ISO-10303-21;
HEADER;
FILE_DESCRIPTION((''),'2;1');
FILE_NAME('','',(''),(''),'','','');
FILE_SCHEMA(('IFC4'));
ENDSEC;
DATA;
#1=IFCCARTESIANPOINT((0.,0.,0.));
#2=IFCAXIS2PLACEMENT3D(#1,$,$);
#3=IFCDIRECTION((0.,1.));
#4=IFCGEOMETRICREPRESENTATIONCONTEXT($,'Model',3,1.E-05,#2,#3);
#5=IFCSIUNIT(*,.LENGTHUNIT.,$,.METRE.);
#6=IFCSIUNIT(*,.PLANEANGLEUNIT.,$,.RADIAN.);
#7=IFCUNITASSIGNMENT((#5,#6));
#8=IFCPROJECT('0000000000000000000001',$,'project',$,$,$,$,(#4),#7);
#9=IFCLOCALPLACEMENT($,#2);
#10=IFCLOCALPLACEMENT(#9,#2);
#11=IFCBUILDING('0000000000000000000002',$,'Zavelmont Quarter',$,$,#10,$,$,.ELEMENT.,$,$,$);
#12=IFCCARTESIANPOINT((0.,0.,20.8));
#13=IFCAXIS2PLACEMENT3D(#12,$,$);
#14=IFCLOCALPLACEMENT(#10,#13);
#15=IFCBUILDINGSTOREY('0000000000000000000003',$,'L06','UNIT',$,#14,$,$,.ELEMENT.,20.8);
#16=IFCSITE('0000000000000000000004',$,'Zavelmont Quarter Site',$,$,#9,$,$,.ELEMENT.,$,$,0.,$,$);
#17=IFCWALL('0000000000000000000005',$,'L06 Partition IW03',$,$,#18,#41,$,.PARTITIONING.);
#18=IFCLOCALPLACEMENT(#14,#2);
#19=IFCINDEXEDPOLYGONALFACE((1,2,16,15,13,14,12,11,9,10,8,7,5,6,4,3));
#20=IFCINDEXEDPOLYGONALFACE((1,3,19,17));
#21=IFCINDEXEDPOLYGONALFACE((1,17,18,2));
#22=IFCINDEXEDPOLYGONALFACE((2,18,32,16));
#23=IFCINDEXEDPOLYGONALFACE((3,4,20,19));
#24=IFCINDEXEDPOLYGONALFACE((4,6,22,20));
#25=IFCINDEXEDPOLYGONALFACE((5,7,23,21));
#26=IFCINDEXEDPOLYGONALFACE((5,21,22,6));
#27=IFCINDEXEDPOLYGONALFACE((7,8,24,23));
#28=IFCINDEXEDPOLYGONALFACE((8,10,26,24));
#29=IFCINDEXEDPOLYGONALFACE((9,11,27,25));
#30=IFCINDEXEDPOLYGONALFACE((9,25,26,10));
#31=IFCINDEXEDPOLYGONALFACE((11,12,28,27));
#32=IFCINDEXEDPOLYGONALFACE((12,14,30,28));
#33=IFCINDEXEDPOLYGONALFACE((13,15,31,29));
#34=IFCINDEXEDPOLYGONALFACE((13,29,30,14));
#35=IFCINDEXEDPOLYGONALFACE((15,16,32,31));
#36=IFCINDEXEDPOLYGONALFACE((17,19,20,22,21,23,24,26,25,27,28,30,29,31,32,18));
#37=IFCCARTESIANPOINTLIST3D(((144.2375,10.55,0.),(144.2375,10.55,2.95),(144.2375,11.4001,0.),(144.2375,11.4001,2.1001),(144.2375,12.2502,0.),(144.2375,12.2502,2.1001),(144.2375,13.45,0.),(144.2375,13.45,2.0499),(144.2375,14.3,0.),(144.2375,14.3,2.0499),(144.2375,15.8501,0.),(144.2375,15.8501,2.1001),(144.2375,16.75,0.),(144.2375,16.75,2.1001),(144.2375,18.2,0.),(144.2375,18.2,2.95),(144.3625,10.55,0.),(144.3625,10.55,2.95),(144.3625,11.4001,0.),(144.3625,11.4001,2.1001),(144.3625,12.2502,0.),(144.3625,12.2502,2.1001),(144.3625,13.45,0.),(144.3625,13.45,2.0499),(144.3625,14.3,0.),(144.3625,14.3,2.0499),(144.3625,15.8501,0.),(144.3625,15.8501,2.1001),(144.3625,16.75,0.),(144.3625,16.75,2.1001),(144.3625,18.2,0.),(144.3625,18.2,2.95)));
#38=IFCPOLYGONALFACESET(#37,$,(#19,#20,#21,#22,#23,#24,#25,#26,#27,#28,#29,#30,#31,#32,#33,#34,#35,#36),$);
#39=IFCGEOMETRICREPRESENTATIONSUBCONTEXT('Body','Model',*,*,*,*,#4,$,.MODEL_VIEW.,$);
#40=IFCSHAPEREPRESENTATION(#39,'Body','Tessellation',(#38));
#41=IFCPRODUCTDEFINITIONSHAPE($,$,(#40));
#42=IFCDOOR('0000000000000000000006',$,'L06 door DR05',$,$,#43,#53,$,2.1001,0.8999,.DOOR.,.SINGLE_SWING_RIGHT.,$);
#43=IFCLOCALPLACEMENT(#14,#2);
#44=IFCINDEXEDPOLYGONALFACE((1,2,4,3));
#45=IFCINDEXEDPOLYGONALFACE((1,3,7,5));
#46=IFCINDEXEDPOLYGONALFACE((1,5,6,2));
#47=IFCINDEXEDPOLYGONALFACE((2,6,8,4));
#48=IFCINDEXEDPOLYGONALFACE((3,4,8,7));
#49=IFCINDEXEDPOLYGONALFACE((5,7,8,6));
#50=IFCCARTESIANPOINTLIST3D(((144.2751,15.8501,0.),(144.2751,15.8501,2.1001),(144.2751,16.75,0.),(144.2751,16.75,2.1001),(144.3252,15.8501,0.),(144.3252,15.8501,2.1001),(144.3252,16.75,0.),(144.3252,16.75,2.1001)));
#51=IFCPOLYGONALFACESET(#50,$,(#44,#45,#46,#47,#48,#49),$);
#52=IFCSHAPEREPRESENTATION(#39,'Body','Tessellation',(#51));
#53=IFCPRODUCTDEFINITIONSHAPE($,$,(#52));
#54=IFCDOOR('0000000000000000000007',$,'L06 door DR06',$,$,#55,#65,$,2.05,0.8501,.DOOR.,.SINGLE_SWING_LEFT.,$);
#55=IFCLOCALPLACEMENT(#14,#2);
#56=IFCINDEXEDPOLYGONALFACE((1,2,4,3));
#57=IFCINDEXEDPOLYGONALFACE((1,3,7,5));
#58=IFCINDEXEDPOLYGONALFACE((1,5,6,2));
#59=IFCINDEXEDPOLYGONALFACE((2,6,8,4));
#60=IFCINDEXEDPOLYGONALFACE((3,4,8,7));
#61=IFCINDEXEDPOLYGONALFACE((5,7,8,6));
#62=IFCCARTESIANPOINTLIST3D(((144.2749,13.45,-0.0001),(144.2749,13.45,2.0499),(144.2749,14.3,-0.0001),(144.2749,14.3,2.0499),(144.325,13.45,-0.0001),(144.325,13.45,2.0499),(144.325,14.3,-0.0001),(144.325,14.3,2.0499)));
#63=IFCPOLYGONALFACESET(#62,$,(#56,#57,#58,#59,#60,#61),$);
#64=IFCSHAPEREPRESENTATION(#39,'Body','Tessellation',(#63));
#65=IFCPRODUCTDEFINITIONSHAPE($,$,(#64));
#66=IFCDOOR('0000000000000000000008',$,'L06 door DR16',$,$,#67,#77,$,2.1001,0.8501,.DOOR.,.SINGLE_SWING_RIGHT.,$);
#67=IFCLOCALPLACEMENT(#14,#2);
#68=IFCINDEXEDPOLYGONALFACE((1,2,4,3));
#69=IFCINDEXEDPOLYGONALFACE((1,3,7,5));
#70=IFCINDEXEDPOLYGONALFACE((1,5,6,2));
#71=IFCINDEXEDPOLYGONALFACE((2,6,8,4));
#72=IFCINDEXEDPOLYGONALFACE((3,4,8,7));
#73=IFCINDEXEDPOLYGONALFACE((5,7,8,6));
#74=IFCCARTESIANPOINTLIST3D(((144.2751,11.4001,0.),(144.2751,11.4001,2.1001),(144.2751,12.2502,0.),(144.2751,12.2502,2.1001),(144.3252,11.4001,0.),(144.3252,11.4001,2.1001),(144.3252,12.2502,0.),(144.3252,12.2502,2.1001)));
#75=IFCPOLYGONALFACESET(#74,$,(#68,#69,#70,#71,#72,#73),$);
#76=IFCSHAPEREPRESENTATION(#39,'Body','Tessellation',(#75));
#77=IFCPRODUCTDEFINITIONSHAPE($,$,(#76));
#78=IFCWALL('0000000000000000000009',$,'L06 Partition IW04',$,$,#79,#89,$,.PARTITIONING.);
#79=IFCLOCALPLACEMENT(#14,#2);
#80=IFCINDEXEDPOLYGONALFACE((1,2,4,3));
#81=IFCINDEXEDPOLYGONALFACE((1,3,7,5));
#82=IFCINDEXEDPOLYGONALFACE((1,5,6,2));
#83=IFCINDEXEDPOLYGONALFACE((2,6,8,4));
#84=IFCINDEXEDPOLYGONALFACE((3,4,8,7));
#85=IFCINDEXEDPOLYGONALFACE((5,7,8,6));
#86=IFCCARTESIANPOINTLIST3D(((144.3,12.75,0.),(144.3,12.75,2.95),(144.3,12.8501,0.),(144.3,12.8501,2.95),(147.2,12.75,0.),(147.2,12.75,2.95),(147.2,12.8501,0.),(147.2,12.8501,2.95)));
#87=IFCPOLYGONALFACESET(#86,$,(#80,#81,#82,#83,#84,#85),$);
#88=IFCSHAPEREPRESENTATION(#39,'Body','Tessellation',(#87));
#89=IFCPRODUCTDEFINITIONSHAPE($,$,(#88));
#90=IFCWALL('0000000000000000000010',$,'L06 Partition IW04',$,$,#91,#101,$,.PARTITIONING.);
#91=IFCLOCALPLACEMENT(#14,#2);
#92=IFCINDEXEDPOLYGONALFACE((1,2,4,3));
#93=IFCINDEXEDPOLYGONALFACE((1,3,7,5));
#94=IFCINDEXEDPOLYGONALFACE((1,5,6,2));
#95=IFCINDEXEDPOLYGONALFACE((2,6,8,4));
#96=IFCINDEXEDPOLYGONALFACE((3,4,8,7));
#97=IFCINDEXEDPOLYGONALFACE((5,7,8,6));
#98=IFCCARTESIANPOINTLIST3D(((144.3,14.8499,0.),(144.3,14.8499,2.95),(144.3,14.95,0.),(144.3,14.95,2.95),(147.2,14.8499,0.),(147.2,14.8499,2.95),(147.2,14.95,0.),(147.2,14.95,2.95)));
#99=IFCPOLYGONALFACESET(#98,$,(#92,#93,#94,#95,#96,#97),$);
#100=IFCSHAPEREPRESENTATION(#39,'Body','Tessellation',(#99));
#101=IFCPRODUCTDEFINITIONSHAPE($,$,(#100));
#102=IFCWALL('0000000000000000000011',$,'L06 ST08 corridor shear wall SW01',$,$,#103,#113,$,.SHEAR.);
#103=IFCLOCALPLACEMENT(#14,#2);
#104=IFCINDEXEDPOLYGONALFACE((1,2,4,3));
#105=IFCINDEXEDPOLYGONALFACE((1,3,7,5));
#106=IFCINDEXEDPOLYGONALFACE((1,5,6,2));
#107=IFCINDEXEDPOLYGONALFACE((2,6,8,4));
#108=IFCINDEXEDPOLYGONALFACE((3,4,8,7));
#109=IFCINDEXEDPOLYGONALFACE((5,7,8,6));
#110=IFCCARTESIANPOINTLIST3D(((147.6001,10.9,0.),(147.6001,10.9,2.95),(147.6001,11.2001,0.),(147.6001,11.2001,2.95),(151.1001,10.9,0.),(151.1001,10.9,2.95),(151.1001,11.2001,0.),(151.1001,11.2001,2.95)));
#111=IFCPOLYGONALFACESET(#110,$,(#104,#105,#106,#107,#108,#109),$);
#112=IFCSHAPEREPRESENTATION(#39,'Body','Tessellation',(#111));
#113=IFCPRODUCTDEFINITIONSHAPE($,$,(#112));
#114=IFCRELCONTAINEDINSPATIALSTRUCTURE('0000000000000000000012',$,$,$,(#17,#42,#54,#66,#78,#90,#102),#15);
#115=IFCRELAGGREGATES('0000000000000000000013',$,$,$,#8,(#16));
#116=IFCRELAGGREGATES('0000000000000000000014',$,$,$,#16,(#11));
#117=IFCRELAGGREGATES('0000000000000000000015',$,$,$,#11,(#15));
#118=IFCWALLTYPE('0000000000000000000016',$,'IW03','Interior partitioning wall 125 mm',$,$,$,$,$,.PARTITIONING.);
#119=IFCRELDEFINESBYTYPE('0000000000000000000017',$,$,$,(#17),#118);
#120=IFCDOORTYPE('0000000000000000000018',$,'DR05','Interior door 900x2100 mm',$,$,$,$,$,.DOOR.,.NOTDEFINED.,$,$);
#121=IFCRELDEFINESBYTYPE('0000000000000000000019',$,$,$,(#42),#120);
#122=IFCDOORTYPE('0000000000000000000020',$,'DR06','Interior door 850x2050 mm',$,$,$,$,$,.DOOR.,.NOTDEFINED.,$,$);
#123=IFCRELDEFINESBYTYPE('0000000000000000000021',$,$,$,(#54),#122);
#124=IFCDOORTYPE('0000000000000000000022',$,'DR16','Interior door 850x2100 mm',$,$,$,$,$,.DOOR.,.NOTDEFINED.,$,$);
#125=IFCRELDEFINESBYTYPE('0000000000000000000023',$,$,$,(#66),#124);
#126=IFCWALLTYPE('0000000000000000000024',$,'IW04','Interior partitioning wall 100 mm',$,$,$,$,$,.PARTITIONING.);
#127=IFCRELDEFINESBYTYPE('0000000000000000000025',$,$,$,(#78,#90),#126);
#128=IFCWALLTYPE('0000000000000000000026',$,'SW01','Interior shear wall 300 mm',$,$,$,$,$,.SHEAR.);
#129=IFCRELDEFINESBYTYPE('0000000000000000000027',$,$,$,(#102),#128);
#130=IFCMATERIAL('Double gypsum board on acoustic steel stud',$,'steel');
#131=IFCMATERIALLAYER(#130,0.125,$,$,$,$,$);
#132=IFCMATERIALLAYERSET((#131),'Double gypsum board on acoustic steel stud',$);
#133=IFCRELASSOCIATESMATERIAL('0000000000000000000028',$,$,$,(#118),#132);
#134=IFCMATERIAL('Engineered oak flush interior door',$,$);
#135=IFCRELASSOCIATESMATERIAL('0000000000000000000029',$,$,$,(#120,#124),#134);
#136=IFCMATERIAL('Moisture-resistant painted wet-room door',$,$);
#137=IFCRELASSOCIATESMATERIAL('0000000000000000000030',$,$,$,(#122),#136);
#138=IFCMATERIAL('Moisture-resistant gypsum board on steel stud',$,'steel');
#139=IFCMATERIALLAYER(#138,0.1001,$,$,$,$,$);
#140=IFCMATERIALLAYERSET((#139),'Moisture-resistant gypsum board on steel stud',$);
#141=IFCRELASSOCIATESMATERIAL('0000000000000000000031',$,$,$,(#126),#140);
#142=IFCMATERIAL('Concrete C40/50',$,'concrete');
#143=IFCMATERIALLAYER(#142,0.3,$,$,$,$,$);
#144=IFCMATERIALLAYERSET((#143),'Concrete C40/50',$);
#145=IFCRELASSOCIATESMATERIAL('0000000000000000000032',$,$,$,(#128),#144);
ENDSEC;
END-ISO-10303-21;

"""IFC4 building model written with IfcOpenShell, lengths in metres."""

from ifc_helpers import new_model, si_unit, direction, frame, frame_2d, origin, origin_with_axes, place, context, subcontext, project, spatial, rectangle, extrude, material, layer, layer_set, type_object, element, fill, save


model = new_model("IFC4")

# Units and contexts
model_context = context("Model", 3, precision=1e-05, world=origin(), true_north=direction((0.0, 1.0)))
body_context = subcontext(model_context, "Body", "Model", "MODEL_VIEW")
ifc_project = project(units=[si_unit("LENGTHUNIT", "METRE"), si_unit("PLANEANGLEUNIT", "RADIAN")], contexts=[model_context])

# Site, building, storey
site_placement = place(None, origin())
site = spatial("IfcSite", under=ifc_project, at=site_placement, Name="Zavelmont Quarter Site", CompositionType="ELEMENT", RefElevation=0.0)
building_placement = place(site_placement, origin())
building = spatial("IfcBuilding", under=site, at=building_placement, Name="Zavelmont Quarter", CompositionType="ELEMENT")
storey_placement = place(building_placement, frame((0.0, 0.0, 20.8)))
storey = spatial("IfcBuildingStorey", under=building, at=storey_placement, Name="L06", Description="UNIT", CompositionType="ELEMENT", Elevation=20.8)

# Wall, openings, doors
ifc_material_1 = material(Name="Double gypsum board on acoustic steel stud", Category="steel")
ifc_layer_1 = layer(ifc_material_1, 0.125)
ifc_layer_set_1 = layer_set([ifc_layer_1], Name="Double gypsum board on acoustic steel stud")
wall_type_1 = type_object("IfcWallType", Name="IW03", Description="Interior partitioning wall 125 mm", PredefinedType="PARTITIONING", material=ifc_layer_set_1)
wall_1_placement = place(storey_placement, frame((144.3, 10.55, 0.0), z_axis=(0.0, 0.0, 1.0), x_axis=(0.0, 1.0, 0.0)))
wall_1 = element("IfcWall", 1, at=wall_1_placement, inside=storey, type_object=wall_type_1, Name="L06 Partition IW03", PredefinedType="PARTITIONING", context=body_context, shape_type="SweptSolid", body=[
    extrude(rectangle(XDim=7.6499, YDim=0.125, at=frame_2d((3.825, 0.0))), origin(), (0.0, 0.0, 1.0), 2.95),
])
opening_1_placement = place(wall_1_placement, frame((0.8501, 0.0, 0.0)))
opening_1 = element("IfcOpeningElement", 2, at=opening_1_placement, cuts=wall_1, PredefinedType="OPENING", context=body_context, shape_type="SweptSolid", body=[
    extrude(rectangle(XDim=0.8501, YDim=2.1001, at=frame_2d((0.425, 1.05))), frame((0.0, 0.0745, 0.0), z_axis=(0.0, -1.0, 0.0), x_axis=(1.0, 0.0, 0.0)), (0.0, 0.0, 1.0), 0.1489),
])
opening_2_placement = place(wall_1_placement, frame((2.8999, 0.0, 0.0)))
opening_2 = element("IfcOpeningElement", 3, at=opening_2_placement, cuts=wall_1, PredefinedType="OPENING", context=body_context, shape_type="SweptSolid", body=[
    extrude(rectangle(XDim=0.8501, YDim=2.05, at=frame_2d((0.425, 1.0249))), frame((0.0, 0.0745, 0.0), z_axis=(0.0, -1.0, 0.0), x_axis=(1.0, 0.0, 0.0)), (0.0, 0.0, 1.0), 0.1489),
])
opening_3_placement = place(wall_1_placement, frame((5.3, 0.0, 0.0)))
opening_3 = element("IfcOpeningElement", 4, at=opening_3_placement, cuts=wall_1, PredefinedType="OPENING", context=body_context, shape_type="SweptSolid", body=[
    extrude(rectangle(XDim=0.8999, YDim=2.1001, at=frame_2d((0.45, 1.05))), frame((0.0, 0.0745, 0.0), z_axis=(0.0, -1.0, 0.0), x_axis=(1.0, 0.0, 0.0)), (0.0, 0.0, 1.0), 0.1489),
])
ifc_material_2 = material(Name="Engineered oak flush interior door")
door_type_1 = type_object("IfcDoorType", Name="DR05", Description="Interior door 900x2100 mm", OperationType="NOTDEFINED", PredefinedType="DOOR", material=ifc_material_2)
door_1_placement = place(opening_3_placement, origin_with_axes())
door_1 = element("IfcDoor", 5, at=door_1_placement, inside=storey, type_object=door_type_1, Name="L06 door DR05", OperationType="SINGLE_SWING_RIGHT", OverallHeight=2.1001, OverallWidth=0.8999, PredefinedType="DOOR", context=body_context, shape_type="SweptSolid", body=[
    extrude(rectangle(XDim=0.8999, YDim=2.1001, at=frame_2d((0.45, 1.05))), frame((0.0, 0.0249, 0.0), z_axis=(0.0, -1.0, 0.0), x_axis=(1.0, 0.0, 0.0)), (0.0, 0.0, 1.0), 0.05),
])
fill(opening_3, door_1)
ifc_material_3 = material(Name="Moisture-resistant painted wet-room door")
door_type_2 = type_object("IfcDoorType", Name="DR06", Description="Interior door 850x2050 mm", OperationType="NOTDEFINED", PredefinedType="DOOR", material=ifc_material_3)
door_2_placement = place(opening_2_placement, frame((0.8501, 0.0, 0.0), z_axis=(0.0, 0.0, 1.0), x_axis=(-1.0, 0.0, 0.0)))
door_2 = element("IfcDoor", 6, at=door_2_placement, inside=storey, type_object=door_type_2, Name="L06 door DR06", OperationType="SINGLE_SWING_LEFT", OverallHeight=2.05, OverallWidth=0.8501, PredefinedType="DOOR", context=body_context, shape_type="SweptSolid", body=[
    extrude(rectangle(XDim=0.8501, YDim=2.05, at=frame_2d((0.425, 1.0249))), frame((0.0, 0.0249, 0.0), z_axis=(0.0, -1.0, 0.0), x_axis=(1.0, 0.0, 0.0)), (0.0, 0.0, 1.0), 0.05),
])
fill(opening_2, door_2)
door_type_3 = type_object("IfcDoorType", Name="DR16", Description="Interior door 850x2100 mm", OperationType="NOTDEFINED", PredefinedType="DOOR", material=ifc_material_2)
door_3_placement = place(opening_1_placement, origin_with_axes())
door_3 = element("IfcDoor", 7, at=door_3_placement, inside=storey, type_object=door_type_3, Name="L06 door DR16", OperationType="SINGLE_SWING_RIGHT", OverallHeight=2.1001, OverallWidth=0.8501, PredefinedType="DOOR", context=body_context, shape_type="SweptSolid", body=[
    extrude(rectangle(XDim=0.8501, YDim=2.1001, at=frame_2d((0.425, 1.05))), frame((0.0, 0.0249, 0.0), z_axis=(0.0, -1.0, 0.0), x_axis=(1.0, 0.0, 0.0)), (0.0, 0.0, 1.0), 0.05),
])
fill(opening_1, door_3)

# Walls
ifc_material_4 = material(Name="Moisture-resistant gypsum board on steel stud", Category="steel")
ifc_layer_2 = layer(ifc_material_4, 0.1001)
ifc_layer_set_2 = layer_set([ifc_layer_2], Name="Moisture-resistant gypsum board on steel stud")
wall_type_2 = type_object("IfcWallType", Name="IW04", Description="Interior partitioning wall 100 mm", PredefinedType="PARTITIONING", material=ifc_layer_set_2)
for number, where, z_axis, x_axis, name in (
    (8, (144.3, 12.8, 0.0), (0.0, 0.0, 1.0), (1.0, 0.0, 0.0), "L06 Partition IW04"),
    (9, (144.3, 14.8999, 0.0), (0.0, 0.0, 1.0), (1.0, 0.0, 0.0), "L06 Partition IW04"),
):
    element("IfcWall", number, at=place(storey_placement, frame(where, z_axis=z_axis, x_axis=x_axis)), inside=storey, type_object=wall_type_2, Name=name, PredefinedType="PARTITIONING", context=body_context, shape_type="SweptSolid", body=[
        extrude(rectangle(XDim=2.8999, YDim=0.1001, at=frame_2d((1.45, 0.0))), origin(), (0.0, 0.0, 1.0), 2.95),
    ])
ifc_material_5 = material(Name="Concrete C40/50", Category="concrete")
ifc_layer_3 = layer(ifc_material_5, 0.3)
ifc_layer_set_3 = layer_set([ifc_layer_3], Name="Concrete C40/50")
wall_type_3 = type_object("IfcWallType", Name="SW01", Description="Interior shear wall 300 mm", PredefinedType="SHEAR", material=ifc_layer_set_3)
wall_2_placement = place(storey_placement, frame((147.6001, 11.05, 0.0), z_axis=(0.0, 0.0, 1.0), x_axis=(1.0, 0.0, 0.0)))
element("IfcWall", 10, at=wall_2_placement, inside=storey, type_object=wall_type_3, Name="L06 ST08 corridor shear wall SW01", PredefinedType="SHEAR", context=body_context, shape_type="SweptSolid", body=[
    extrude(rectangle(XDim=3.5, YDim=0.3, at=frame_2d((1.75, 0.0))), origin(), (0.0, 0.0, 1.0), 2.95),
])

save(model, "model.ifc")
